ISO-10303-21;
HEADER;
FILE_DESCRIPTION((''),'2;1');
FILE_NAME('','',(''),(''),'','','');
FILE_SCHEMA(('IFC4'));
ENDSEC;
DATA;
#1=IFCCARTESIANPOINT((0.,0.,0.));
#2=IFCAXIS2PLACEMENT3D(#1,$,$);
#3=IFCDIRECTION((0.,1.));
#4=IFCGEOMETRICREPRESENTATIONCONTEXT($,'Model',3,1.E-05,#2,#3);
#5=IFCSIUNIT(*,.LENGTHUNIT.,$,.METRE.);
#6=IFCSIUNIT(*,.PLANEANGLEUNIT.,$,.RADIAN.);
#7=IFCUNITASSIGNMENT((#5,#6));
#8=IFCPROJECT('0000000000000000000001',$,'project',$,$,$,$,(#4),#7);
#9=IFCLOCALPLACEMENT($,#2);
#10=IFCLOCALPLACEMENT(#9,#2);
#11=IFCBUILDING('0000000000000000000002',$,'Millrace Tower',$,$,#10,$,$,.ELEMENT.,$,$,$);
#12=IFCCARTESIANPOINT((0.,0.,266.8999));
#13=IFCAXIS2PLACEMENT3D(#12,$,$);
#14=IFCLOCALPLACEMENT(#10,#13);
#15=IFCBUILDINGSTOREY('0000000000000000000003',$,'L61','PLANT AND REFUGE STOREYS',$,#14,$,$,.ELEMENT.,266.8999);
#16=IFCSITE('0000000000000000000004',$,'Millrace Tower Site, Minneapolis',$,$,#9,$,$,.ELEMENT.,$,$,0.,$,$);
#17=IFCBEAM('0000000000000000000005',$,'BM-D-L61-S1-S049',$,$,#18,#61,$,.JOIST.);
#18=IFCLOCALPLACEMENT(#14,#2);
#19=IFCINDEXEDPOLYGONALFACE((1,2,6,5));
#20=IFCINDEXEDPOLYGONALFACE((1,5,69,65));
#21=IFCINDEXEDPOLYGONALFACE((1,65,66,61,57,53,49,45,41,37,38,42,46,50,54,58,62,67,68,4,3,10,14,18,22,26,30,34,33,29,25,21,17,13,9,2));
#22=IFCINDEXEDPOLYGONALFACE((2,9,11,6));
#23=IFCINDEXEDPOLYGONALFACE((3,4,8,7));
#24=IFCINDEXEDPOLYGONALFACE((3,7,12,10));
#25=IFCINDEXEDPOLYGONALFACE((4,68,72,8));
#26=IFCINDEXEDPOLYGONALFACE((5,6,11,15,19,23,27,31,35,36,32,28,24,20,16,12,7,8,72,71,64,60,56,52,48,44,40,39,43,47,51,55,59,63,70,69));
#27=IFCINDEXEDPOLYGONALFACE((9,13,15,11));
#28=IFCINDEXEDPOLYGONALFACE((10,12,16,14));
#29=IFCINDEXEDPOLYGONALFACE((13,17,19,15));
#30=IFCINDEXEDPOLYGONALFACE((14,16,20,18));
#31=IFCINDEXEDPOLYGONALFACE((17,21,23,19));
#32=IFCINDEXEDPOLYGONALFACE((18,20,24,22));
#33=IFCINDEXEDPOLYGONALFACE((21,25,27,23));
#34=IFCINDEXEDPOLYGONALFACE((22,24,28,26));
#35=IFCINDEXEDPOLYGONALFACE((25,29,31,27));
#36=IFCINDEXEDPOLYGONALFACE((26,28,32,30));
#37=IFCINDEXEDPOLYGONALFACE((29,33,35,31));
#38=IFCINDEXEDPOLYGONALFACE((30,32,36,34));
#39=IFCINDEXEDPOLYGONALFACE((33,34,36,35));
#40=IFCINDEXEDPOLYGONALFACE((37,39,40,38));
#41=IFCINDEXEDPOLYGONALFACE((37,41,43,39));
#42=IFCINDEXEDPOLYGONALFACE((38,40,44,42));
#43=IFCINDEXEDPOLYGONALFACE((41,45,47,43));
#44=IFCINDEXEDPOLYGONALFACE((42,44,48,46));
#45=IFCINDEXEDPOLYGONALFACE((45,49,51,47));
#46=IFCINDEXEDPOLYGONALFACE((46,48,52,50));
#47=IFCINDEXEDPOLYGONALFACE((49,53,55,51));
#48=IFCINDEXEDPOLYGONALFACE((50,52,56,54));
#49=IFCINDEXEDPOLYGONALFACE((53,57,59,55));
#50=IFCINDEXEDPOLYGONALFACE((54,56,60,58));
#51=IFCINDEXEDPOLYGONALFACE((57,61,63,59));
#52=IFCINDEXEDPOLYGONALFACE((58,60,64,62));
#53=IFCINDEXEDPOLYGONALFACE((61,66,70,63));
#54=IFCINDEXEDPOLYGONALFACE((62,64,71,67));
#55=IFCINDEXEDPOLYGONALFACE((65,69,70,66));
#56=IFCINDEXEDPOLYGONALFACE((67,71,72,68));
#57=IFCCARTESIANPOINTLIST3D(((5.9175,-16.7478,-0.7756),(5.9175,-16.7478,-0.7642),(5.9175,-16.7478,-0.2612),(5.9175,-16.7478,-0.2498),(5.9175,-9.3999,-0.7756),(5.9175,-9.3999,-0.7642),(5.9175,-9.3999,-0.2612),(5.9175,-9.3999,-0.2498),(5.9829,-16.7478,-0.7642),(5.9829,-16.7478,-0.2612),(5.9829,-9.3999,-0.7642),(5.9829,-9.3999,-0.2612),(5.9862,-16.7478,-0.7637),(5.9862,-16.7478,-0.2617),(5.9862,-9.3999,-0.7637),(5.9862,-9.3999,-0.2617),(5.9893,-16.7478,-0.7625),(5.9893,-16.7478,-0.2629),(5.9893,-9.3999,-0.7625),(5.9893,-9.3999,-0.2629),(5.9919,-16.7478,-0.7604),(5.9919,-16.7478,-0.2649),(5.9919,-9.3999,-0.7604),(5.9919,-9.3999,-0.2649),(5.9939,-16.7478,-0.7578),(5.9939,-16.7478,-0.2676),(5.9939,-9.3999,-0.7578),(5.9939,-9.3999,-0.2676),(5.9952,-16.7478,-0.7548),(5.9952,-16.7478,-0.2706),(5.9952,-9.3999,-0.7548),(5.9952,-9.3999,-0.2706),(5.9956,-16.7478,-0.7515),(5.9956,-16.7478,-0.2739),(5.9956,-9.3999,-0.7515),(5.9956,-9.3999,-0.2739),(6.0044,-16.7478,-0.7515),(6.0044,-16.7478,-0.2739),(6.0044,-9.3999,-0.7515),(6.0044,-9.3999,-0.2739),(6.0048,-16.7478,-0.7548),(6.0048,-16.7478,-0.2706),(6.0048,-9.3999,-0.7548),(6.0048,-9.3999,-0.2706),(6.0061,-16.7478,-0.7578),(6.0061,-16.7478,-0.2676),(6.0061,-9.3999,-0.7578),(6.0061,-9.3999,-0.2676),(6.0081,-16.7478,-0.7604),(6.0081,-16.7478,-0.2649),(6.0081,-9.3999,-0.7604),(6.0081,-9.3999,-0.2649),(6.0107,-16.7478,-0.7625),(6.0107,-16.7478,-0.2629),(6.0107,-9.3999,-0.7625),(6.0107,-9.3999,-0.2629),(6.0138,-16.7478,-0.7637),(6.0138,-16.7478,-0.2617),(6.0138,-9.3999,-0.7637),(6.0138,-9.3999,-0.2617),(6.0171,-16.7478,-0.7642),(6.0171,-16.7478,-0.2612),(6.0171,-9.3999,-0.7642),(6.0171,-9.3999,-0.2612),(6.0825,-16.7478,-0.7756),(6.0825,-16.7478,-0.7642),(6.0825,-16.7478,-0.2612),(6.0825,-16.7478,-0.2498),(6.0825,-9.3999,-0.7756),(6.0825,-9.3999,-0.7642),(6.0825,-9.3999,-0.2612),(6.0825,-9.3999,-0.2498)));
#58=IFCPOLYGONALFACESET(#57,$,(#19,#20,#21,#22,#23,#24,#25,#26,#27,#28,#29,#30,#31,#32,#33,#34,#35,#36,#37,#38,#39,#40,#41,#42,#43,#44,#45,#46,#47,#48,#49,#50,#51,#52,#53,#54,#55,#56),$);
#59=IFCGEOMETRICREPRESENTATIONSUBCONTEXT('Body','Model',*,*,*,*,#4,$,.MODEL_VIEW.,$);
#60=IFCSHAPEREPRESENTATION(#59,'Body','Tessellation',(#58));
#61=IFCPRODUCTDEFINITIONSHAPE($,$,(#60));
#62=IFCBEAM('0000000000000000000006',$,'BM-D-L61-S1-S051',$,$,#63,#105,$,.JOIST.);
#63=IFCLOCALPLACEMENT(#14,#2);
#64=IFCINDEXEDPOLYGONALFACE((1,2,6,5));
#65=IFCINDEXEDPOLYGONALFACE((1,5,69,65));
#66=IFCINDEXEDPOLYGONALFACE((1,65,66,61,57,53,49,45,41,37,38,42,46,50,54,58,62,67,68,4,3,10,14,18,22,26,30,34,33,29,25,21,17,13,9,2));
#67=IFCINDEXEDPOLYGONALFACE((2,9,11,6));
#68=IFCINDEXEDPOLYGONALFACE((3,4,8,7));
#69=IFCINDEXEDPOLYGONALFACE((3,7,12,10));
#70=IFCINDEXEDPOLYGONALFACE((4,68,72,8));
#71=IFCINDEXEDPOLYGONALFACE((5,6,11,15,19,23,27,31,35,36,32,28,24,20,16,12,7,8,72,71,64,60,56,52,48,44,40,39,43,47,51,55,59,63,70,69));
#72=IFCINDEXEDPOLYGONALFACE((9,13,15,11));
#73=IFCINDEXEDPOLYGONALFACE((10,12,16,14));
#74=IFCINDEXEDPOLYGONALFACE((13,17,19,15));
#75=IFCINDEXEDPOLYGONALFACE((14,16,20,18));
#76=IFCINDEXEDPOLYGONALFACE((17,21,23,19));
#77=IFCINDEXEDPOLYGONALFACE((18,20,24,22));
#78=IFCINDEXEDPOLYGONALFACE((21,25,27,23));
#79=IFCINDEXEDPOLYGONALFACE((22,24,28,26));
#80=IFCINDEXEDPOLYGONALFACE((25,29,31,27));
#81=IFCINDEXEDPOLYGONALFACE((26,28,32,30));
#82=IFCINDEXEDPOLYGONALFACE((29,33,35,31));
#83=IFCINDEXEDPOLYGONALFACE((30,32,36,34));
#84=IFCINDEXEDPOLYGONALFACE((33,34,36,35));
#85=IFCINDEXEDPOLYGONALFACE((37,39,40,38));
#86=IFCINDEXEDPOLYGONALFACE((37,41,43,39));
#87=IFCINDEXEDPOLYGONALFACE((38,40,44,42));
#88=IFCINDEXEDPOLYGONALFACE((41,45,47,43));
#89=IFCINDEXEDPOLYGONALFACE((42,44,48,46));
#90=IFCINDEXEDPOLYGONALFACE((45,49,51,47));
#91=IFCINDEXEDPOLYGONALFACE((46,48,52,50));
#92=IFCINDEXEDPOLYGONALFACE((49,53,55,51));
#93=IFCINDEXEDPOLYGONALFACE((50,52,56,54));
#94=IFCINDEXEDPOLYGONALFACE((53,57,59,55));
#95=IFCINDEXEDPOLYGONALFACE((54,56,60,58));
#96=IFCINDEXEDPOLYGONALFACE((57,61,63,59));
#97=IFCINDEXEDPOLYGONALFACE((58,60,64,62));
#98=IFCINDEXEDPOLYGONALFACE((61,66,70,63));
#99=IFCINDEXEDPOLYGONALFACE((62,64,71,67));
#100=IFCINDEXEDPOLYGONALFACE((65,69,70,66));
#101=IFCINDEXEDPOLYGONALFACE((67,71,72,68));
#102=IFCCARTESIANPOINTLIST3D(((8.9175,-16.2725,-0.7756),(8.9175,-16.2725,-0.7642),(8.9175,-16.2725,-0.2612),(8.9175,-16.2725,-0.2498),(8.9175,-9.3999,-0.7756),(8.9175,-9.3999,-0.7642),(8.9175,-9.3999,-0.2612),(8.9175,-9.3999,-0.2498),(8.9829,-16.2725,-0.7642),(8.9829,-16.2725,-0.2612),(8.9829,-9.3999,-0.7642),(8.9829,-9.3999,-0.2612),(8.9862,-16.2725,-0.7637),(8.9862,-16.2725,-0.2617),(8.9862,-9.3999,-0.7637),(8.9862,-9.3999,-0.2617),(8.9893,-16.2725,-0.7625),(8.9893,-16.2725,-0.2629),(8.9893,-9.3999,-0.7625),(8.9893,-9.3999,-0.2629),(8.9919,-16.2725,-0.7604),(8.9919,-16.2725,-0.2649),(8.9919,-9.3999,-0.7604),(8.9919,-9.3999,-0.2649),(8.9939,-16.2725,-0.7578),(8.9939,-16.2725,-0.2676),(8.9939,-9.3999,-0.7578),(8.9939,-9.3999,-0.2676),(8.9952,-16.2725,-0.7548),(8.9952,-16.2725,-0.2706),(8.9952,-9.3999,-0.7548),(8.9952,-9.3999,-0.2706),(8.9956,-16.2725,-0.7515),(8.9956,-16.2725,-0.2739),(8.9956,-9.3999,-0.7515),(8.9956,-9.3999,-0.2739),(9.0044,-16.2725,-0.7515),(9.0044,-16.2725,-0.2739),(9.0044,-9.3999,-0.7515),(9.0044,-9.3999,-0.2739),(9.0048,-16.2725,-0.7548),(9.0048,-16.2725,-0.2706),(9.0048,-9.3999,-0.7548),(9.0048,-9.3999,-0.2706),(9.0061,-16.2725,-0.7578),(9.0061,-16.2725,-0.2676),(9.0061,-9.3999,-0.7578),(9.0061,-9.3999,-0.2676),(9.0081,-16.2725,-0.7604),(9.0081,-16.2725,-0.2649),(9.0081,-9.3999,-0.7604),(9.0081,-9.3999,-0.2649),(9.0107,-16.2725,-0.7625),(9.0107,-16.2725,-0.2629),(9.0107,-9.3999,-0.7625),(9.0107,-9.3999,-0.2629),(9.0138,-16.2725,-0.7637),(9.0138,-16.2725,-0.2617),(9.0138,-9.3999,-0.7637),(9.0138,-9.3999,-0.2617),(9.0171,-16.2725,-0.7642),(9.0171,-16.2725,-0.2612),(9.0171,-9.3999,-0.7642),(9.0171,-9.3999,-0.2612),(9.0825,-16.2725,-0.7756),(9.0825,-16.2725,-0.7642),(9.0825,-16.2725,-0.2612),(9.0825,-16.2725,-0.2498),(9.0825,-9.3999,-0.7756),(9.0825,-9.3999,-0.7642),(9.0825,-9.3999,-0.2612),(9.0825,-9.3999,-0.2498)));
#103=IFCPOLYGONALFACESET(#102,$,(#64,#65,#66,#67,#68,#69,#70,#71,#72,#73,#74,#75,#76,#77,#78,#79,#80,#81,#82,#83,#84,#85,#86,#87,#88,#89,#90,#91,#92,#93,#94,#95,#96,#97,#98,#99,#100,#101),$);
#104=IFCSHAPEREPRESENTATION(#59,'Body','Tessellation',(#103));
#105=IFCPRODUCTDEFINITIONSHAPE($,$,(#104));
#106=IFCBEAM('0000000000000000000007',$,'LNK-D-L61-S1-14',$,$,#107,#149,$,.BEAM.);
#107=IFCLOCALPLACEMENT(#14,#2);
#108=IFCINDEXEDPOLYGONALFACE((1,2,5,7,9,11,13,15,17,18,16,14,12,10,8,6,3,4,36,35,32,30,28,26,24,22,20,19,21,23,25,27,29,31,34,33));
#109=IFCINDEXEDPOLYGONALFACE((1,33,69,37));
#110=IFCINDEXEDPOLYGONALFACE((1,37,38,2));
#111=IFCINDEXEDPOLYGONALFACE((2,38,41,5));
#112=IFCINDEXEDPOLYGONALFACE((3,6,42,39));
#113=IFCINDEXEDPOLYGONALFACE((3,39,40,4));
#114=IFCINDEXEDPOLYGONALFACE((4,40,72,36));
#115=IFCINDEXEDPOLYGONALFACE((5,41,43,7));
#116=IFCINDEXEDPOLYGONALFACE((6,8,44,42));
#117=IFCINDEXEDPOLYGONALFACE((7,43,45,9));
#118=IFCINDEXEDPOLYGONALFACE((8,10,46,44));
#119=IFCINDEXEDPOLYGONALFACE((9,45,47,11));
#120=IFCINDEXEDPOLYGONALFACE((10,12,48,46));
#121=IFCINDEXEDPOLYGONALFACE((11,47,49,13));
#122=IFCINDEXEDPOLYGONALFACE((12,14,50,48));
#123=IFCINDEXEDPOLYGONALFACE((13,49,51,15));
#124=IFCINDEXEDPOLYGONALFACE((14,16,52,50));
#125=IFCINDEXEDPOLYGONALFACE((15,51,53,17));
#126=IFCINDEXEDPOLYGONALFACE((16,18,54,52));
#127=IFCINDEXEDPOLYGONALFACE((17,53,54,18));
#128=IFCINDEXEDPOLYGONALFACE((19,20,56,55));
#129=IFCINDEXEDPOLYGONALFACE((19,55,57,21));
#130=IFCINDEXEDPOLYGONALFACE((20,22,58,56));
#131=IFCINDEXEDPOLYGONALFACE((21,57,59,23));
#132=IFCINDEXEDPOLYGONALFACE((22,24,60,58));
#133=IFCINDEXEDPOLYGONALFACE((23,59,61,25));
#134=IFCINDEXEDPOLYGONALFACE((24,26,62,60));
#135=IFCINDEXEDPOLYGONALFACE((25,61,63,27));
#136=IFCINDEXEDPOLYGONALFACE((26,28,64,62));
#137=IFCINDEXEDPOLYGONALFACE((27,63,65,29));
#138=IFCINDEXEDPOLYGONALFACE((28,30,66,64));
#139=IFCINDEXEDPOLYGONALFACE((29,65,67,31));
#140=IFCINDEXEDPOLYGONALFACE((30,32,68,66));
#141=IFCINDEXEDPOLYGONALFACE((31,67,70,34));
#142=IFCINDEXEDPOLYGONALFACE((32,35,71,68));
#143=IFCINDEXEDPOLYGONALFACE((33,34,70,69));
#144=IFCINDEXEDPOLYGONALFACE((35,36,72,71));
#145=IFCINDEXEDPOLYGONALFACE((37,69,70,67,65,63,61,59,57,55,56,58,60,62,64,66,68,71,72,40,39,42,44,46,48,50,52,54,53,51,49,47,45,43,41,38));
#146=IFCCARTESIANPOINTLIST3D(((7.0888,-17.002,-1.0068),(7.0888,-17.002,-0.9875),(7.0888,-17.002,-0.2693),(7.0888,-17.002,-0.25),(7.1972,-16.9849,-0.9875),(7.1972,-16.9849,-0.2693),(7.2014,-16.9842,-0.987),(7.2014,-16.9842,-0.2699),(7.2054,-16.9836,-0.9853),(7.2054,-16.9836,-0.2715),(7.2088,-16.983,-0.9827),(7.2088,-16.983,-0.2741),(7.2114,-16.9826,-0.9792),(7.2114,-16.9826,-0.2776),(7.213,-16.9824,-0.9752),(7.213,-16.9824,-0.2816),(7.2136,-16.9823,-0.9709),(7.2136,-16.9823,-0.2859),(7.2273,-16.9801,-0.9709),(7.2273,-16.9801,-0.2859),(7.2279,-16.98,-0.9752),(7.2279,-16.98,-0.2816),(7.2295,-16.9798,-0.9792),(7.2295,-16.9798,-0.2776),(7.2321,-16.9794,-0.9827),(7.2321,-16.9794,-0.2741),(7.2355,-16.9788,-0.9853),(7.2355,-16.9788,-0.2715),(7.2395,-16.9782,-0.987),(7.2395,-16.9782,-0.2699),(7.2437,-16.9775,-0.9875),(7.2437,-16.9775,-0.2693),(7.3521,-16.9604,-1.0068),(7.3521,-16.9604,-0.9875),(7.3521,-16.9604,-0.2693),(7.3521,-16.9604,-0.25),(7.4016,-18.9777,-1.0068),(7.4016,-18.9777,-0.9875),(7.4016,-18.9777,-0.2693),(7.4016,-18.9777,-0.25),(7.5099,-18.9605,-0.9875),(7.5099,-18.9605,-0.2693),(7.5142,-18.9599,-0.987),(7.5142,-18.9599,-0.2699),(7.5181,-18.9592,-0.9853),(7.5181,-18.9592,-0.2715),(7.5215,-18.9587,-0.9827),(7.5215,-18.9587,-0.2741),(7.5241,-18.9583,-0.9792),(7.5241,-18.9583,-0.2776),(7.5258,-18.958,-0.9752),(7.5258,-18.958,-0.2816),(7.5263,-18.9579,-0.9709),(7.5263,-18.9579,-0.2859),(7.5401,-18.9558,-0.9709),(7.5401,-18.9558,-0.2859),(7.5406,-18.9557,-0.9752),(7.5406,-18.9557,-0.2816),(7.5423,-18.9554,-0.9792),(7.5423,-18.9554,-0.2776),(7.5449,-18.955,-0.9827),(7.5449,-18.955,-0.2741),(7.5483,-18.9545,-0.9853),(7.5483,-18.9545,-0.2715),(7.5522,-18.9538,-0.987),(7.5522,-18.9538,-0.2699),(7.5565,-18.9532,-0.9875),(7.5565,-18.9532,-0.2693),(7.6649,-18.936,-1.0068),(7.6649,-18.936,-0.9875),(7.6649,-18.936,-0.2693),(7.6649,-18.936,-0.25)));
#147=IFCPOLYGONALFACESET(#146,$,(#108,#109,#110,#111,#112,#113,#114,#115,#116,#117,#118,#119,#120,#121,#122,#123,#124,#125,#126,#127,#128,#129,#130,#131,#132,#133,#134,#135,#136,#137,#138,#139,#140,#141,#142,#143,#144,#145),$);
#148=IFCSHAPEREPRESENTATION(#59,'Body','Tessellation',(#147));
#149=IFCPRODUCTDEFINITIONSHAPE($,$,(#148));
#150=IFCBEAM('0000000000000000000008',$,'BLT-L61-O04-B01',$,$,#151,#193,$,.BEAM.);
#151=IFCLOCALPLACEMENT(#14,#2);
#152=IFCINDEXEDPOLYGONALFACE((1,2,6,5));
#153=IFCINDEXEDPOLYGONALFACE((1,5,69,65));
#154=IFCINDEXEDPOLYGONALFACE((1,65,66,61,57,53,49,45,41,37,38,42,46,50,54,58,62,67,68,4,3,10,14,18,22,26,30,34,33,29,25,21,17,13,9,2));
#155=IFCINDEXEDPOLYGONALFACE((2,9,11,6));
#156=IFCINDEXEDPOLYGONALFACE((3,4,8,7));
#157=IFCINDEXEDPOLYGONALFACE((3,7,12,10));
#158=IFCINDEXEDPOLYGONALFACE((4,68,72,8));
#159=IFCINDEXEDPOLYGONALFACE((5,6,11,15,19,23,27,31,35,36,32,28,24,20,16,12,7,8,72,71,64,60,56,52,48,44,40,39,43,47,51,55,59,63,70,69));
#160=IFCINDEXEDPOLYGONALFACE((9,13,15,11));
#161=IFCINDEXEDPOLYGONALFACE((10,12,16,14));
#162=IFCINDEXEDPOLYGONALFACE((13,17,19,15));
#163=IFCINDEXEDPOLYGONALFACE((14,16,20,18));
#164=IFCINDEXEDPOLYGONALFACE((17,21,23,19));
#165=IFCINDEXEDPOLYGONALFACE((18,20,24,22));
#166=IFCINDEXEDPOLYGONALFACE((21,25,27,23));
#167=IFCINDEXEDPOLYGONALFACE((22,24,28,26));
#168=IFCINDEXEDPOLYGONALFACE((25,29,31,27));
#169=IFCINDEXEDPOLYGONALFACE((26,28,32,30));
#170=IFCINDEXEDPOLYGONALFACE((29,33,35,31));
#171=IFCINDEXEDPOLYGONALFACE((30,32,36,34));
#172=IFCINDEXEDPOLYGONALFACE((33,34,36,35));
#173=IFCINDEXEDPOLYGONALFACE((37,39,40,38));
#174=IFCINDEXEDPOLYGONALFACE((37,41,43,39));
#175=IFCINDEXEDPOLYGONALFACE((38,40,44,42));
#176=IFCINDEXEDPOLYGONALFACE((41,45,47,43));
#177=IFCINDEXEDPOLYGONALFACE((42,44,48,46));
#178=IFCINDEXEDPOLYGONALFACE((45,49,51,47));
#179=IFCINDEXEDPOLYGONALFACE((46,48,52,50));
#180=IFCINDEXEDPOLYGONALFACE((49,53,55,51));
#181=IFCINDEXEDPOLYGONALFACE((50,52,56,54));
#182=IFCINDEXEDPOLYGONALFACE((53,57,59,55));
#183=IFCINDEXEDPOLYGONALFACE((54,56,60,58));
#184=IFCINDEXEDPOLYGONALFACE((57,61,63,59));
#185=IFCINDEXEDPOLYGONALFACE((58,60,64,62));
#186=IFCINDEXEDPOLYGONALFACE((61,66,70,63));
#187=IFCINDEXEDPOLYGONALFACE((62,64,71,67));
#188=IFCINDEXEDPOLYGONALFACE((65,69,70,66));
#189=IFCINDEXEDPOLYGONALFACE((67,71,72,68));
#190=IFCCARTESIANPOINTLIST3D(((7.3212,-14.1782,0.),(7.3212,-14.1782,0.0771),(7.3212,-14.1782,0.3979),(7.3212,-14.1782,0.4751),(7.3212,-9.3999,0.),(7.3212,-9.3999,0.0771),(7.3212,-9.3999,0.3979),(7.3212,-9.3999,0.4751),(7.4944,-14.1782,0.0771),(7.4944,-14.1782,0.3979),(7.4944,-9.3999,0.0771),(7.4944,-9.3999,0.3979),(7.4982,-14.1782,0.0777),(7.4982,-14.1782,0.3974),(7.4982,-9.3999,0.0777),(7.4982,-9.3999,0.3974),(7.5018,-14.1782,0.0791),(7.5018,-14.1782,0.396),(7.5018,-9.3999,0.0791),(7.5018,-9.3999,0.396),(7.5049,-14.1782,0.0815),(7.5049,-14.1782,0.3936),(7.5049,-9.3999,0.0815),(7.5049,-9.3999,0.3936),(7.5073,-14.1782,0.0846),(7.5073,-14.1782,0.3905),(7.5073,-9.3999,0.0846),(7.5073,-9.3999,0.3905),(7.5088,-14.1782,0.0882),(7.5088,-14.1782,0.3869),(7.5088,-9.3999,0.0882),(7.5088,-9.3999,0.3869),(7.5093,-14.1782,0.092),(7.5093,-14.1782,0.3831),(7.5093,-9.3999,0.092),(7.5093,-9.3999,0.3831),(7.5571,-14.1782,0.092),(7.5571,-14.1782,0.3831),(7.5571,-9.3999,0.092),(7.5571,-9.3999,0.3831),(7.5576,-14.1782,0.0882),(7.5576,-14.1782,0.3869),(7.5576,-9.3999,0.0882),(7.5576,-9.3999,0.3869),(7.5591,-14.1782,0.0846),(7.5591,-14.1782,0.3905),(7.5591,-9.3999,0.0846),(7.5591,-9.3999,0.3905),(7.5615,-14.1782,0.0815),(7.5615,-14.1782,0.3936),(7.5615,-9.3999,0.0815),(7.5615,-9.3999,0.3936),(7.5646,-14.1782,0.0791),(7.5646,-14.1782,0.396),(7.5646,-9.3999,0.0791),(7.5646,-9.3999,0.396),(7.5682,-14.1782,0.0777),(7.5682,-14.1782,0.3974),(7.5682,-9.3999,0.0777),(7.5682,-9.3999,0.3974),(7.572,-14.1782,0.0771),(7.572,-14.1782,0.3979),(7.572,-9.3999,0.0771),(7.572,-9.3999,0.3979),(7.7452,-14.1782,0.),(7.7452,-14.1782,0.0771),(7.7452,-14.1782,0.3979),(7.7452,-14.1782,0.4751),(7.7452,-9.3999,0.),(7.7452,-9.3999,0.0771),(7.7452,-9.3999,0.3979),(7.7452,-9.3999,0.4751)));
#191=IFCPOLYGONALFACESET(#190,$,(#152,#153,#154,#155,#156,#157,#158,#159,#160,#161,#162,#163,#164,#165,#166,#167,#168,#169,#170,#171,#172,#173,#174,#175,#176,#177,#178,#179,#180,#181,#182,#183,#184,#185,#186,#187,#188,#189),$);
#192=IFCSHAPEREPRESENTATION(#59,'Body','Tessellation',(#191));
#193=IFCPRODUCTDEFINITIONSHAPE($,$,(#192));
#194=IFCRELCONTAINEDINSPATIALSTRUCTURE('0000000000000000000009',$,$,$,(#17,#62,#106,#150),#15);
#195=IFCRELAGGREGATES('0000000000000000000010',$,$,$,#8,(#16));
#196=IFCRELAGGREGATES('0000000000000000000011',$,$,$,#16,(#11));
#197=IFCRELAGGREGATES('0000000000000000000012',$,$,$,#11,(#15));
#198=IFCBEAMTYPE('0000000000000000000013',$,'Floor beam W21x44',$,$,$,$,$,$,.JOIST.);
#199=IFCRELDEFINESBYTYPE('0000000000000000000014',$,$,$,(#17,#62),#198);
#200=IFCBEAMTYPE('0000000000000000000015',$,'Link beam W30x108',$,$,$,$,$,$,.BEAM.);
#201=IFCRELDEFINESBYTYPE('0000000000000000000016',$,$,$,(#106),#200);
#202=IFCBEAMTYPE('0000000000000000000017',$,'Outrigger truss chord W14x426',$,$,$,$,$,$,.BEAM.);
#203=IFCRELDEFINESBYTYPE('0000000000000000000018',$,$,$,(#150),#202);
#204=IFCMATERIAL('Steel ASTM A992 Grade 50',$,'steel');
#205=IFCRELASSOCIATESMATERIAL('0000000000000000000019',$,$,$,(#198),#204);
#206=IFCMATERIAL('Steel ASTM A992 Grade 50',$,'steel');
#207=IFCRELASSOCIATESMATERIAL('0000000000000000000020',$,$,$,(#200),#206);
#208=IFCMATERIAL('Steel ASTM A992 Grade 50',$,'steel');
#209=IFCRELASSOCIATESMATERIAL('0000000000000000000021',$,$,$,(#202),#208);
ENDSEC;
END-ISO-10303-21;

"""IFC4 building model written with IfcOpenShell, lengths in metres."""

from ifc_helpers import new_model, si_unit, direction, frame, origin, origin_2d, place, context, subcontext, project, spatial, i_section, extrude, material, material_profile, profile_set, type_object, element, save


model = new_model("IFC4")

# Units and contexts
model_context = context("Model", 3, precision=1e-05, world=origin(), true_north=direction((0.0, 1.0)))
body_context = subcontext(model_context, "Body", "Model", "MODEL_VIEW")
ifc_project = project(units=[si_unit("LENGTHUNIT", "METRE"), si_unit("PLANEANGLEUNIT", "RADIAN")], contexts=[model_context])

# Site, building, storey
site_placement = place(None, origin())
site = spatial("IfcSite", under=ifc_project, at=site_placement, Name="Millrace Tower Site, Minneapolis", CompositionType="ELEMENT", RefElevation=0.0)
building_placement = place(site_placement, origin())
building = spatial("IfcBuilding", under=site, at=building_placement, Name="Millrace Tower", CompositionType="ELEMENT")
storey_placement = place(building_placement, frame((0.0, 0.0, 266.8999)))
storey = spatial("IfcBuildingStorey", under=building, at=storey_placement, Name="L61", Description="PLANT AND REFUGE STOREYS", CompositionType="ELEMENT", Elevation=266.8999)

# Beams
ifc_material_1 = material(Name="Steel ASTM A992 Grade 50", Category="steel")
ifc_material_profile_1 = material_profile(ifc_material_1, i_section(OverallWidth=0.165, OverallDepth=0.5259, WebThickness=0.0088, FlangeThickness=0.0115, FilletRadius=0.0127, at=origin_2d()))
ifc_profile_set_1 = profile_set([ifc_material_profile_1], Name="Steel ASTM A992 Grade 50")
beam_type_1 = type_object("IfcBeamType", Name="Floor beam W21x44", PredefinedType="JOIST", material=ifc_profile_set_1)
beam_1_placement = place(storey_placement, frame((6.0, -16.7478, -0.5127), z_axis=(0.0, 1.0, 0.0), x_axis=(-1.0, 0.0, 0.0)))
element("IfcBeam", 1, at=beam_1_placement, inside=storey, type_object=beam_type_1, Name="BM-D-L61-S1-S049", PredefinedType="JOIST", context=body_context, shape_type="SweptSolid", body=[
    extrude(i_section(OverallWidth=0.165, OverallDepth=0.5259, WebThickness=0.0088, FlangeThickness=0.0115, FilletRadius=0.0127, at=origin_2d()), origin(), (0.0, 0.0, 1.0), 7.3479),
])
beam_2_placement = place(storey_placement, frame((9.0, -16.2725, -0.5127), z_axis=(0.0, 1.0, 0.0), x_axis=(-1.0, 0.0, 0.0)))
element("IfcBeam", 2, at=beam_2_placement, inside=storey, type_object=beam_type_1, Name="BM-D-L61-S1-S051", PredefinedType="JOIST", context=body_context, shape_type="SweptSolid", body=[
    extrude(i_section(OverallWidth=0.165, OverallDepth=0.5259, WebThickness=0.0088, FlangeThickness=0.0115, FilletRadius=0.0127, at=origin_2d()), origin(), (0.0, 0.0, 1.0), 6.8726),
])
ifc_material_2 = material(Name="Steel ASTM A992 Grade 50", Category="steel")
ifc_material_profile_2 = material_profile(ifc_material_2, i_section(OverallWidth=0.2666, OverallDepth=0.7568, WebThickness=0.0139, FlangeThickness=0.0193, FilletRadius=0.0166, at=origin_2d()))
ifc_profile_set_2 = profile_set([ifc_material_profile_2], Name="Steel ASTM A992 Grade 50")
beam_type_2 = type_object("IfcBeamType", Name="Link beam W30x108", PredefinedType="BEAM", material=ifc_profile_set_2)
beam_3_placement = place(storey_placement, frame((7.2205, -16.9812, -0.6284), z_axis=(0.156357, -0.987701, 0.0), x_axis=(0.987701, 0.156357, 0.0)))
element("IfcBeam", 3, at=beam_3_placement, inside=storey, type_object=beam_type_2, Name="LNK-D-L61-S1-14", PredefinedType="BEAM", context=body_context, shape_type="SweptSolid", body=[
    extrude(i_section(OverallWidth=0.2666, OverallDepth=0.7568, WebThickness=0.0139, FlangeThickness=0.0193, FilletRadius=0.0166, at=origin_2d()), origin(), (0.0, 0.0, 1.0), 2.0002),
])
ifc_material_3 = material(Name="Steel ASTM A992 Grade 50", Category="steel")
ifc_material_profile_3 = material_profile(ifc_material_3, i_section(OverallWidth=0.4241, OverallDepth=0.4751, WebThickness=0.0479, FlangeThickness=0.0771, FilletRadius=0.0149, at=origin_2d()))
ifc_profile_set_3 = profile_set([ifc_material_profile_3], Name="Steel ASTM A992 Grade 50")
beam_type_3 = type_object("IfcBeamType", Name="Outrigger truss chord W14x426", PredefinedType="BEAM", material=ifc_profile_set_3)
for number, where, z_axis, x_axis, name in (
    (4, (7.5332, -9.3999, 0.2375), (0.0, -1.0, 0.0), (1.0, 0.0, 0.0), "BLT-L61-O04-B01"),
):
    element("IfcBeam", number, at=place(storey_placement, frame(where, z_axis=z_axis, x_axis=x_axis)), inside=storey, type_object=beam_type_3, Name=name, PredefinedType="BEAM", context=body_context, shape_type="SweptSolid", body=[
        extrude(i_section(OverallWidth=0.4241, OverallDepth=0.4751, WebThickness=0.0479, FlangeThickness=0.0771, FilletRadius=0.0149, at=origin_2d()), origin(), (0.0, 0.0, 1.0), 4.7783),
    ])

save(model, "model.ifc")
